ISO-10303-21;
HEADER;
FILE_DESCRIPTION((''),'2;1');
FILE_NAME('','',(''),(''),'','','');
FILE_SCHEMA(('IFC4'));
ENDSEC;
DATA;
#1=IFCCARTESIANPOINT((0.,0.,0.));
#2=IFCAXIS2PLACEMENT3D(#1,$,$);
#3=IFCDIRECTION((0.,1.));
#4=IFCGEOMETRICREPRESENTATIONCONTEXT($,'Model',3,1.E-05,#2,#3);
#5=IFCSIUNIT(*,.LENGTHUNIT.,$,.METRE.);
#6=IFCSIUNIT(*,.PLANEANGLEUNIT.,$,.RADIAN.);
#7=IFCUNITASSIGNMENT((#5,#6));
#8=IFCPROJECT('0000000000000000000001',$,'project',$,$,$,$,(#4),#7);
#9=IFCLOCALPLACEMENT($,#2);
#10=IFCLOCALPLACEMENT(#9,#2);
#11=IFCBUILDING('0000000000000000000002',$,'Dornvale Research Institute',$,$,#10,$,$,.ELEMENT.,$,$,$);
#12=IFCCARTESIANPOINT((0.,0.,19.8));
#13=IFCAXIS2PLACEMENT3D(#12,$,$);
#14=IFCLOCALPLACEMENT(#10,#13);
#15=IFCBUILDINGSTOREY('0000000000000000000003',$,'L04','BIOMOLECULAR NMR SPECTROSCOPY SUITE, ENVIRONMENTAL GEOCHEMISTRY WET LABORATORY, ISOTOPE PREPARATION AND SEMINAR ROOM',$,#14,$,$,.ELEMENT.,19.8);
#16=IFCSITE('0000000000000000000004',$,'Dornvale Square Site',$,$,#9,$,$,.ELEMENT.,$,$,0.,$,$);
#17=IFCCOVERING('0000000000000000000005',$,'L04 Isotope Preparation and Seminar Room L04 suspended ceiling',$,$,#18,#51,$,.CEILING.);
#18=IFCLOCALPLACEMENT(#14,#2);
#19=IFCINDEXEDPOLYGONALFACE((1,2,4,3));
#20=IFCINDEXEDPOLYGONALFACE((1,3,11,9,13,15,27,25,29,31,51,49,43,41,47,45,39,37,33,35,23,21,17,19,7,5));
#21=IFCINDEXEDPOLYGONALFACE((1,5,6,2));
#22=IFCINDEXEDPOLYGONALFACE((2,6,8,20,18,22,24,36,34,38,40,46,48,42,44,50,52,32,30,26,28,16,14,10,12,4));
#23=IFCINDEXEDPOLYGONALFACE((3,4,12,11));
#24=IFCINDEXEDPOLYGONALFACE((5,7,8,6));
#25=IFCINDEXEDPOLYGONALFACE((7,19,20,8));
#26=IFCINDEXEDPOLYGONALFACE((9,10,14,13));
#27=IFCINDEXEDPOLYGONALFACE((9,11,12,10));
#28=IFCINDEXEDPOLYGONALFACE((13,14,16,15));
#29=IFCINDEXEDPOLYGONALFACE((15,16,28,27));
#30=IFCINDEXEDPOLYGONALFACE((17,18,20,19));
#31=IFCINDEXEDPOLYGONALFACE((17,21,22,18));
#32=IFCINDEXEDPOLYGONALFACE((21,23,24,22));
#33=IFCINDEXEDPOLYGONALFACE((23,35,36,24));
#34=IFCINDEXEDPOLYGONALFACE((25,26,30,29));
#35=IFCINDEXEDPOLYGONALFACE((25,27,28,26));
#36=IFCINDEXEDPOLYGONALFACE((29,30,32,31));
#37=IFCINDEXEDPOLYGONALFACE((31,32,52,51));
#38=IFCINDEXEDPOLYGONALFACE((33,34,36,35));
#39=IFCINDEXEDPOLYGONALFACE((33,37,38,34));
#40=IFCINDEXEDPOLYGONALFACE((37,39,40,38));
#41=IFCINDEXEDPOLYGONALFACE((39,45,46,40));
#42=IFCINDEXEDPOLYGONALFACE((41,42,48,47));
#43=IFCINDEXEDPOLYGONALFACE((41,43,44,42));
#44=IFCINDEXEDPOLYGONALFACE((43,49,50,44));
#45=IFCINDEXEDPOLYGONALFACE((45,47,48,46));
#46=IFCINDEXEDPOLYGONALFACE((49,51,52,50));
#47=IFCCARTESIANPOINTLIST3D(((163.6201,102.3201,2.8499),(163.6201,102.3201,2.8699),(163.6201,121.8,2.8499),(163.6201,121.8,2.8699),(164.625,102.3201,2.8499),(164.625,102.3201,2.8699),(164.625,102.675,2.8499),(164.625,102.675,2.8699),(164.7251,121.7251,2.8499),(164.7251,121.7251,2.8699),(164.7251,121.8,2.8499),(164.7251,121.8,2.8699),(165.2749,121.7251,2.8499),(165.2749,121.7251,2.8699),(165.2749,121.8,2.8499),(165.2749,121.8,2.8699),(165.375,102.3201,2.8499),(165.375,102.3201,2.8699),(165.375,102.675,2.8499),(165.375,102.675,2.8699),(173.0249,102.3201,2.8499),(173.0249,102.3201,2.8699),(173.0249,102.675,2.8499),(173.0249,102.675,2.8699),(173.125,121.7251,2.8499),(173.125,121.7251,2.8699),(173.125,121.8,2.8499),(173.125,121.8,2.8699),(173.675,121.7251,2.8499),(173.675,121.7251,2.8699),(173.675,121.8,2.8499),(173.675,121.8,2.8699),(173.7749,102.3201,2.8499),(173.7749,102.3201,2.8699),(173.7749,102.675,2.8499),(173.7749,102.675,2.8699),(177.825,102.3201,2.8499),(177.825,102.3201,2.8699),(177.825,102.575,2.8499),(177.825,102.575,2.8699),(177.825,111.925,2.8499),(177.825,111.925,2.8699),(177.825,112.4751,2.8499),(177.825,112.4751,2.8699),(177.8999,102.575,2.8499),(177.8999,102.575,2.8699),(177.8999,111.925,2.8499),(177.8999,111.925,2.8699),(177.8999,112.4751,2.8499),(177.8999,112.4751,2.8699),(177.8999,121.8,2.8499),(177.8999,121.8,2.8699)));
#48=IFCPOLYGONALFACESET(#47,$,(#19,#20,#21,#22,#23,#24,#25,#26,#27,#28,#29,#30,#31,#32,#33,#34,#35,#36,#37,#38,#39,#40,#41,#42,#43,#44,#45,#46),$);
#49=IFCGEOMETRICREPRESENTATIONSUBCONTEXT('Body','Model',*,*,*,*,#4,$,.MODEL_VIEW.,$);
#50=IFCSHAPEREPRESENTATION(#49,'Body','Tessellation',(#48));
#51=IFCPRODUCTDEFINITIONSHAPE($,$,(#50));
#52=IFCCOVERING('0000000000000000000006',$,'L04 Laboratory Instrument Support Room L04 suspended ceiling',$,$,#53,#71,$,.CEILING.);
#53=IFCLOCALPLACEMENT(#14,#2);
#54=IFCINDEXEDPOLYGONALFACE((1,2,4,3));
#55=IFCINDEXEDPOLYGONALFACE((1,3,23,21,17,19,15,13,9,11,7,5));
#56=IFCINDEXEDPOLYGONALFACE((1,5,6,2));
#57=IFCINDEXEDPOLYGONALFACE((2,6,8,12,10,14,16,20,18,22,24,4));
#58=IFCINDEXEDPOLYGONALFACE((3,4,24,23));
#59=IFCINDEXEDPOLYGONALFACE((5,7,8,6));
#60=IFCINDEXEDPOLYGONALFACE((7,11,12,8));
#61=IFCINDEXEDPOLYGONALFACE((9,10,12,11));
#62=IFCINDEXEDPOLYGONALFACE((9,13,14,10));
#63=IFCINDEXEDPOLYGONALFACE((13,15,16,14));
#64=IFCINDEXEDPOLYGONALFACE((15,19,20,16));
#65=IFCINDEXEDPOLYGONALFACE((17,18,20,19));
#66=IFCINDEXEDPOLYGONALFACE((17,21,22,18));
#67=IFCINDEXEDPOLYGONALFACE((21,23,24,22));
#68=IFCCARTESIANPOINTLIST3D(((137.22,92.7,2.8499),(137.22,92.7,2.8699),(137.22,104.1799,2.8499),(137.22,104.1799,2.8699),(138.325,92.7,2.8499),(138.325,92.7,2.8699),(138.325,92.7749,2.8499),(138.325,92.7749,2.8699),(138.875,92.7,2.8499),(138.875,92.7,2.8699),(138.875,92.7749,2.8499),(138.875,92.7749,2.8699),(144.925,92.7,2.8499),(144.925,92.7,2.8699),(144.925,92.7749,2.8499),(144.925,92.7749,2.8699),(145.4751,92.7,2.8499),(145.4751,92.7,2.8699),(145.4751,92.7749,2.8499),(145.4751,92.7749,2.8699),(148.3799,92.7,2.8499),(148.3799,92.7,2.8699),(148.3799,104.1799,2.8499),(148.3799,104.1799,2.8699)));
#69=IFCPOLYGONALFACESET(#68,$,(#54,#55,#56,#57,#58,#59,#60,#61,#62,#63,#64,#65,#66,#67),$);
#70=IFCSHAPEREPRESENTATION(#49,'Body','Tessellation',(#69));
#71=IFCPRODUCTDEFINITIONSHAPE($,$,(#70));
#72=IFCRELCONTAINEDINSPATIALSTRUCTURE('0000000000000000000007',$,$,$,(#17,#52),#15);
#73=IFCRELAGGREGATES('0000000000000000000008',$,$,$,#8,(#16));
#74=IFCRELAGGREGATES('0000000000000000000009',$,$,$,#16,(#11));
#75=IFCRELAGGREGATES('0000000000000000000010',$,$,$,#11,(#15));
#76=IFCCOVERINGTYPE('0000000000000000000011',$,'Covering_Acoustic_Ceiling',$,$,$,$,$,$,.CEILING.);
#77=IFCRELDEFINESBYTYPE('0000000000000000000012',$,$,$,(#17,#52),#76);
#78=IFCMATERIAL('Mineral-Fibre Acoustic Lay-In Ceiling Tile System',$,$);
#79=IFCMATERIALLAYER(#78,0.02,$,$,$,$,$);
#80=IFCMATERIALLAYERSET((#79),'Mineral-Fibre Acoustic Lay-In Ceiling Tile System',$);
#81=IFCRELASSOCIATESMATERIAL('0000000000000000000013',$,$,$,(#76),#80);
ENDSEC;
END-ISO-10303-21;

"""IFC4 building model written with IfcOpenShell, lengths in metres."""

from ifc_helpers import new_model, si_unit, direction, frame, origin, place, context, subcontext, project, spatial, polyline, outline, extrude, material, layer, layer_set, type_object, element, save


model = new_model("IFC4")

# Units and contexts
model_context = context("Model", 3, precision=1e-05, world=origin(), true_north=direction((0.0, 1.0)))
body_context = subcontext(model_context, "Body", "Model", "MODEL_VIEW")
ifc_project = project(units=[si_unit("LENGTHUNIT", "METRE"), si_unit("PLANEANGLEUNIT", "RADIAN")], contexts=[model_context])

# Site, building, storey
site_placement = place(None, origin())
site = spatial("IfcSite", under=ifc_project, at=site_placement, Name="Dornvale Square Site", CompositionType="ELEMENT", RefElevation=0.0)
building_placement = place(site_placement, origin())
building = spatial("IfcBuilding", under=site, at=building_placement, Name="Dornvale Research Institute", CompositionType="ELEMENT")
storey_placement = place(building_placement, frame((0.0, 0.0, 19.8)))
storey = spatial("IfcBuildingStorey", under=building, at=storey_placement, Name="L04", Description="BIOMOLECULAR NMR SPECTROSCOPY SUITE, ENVIRONMENTAL GEOCHEMISTRY WET LABORATORY, ISOTOPE PREPARATION AND SEMINAR ROOM", CompositionType="ELEMENT", Elevation=19.8)

# Coverings
ifc_material_1 = material(Name="Mineral-Fibre Acoustic Lay-In Ceiling Tile System")
ifc_layer_1 = layer(ifc_material_1, 0.02)
ifc_layer_set_1 = layer_set([ifc_layer_1], Name="Mineral-Fibre Acoustic Lay-In Ceiling Tile System")
covering_type = type_object("IfcCoveringType", Name="Covering_Acoustic_Ceiling", PredefinedType="CEILING", material=ifc_layer_set_1)
covering_1_placement = place(storey_placement, frame((0.0, 0.0, 2.8499)))
element("IfcCovering", 1, at=covering_1_placement, inside=storey, type_object=covering_type, Name="L04 Isotope Preparation and Seminar Room L04 suspended ceiling", PredefinedType="CEILING", context=body_context, shape_type="SweptSolid", body=[
    extrude(outline(polyline([(165.2749, 121.7251), (165.2749, 121.8), (173.125, 121.8), (173.125, 121.7251), (173.675, 121.7251), (173.675, 121.8), (177.8999, 121.8), (177.8999, 112.4751), (177.825, 112.4751), (177.825, 111.925), (177.8999, 111.925), (177.8999, 102.575), (177.825, 102.575), (177.825, 102.3201), (173.7749, 102.3201), (173.7749, 102.675), (173.0249, 102.675), (173.0249, 102.3201), (165.375, 102.3201), (165.375, 102.675), (164.625, 102.675), (164.625, 102.3201), (163.6201, 102.3201), (163.6201, 121.8), (164.7251, 121.8), (164.7251, 121.7251), (165.2749, 121.7251)])), origin(), (0.0, 0.0, 1.0), 0.02),
])
covering_2_placement = place(storey_placement, frame((0.0, 0.0, 2.8499)))
element("IfcCovering", 2, at=covering_2_placement, inside=storey, type_object=covering_type, Name="L04 Laboratory Instrument Support Room L04 suspended ceiling", PredefinedType="CEILING", context=body_context, shape_type="SweptSolid", body=[
    extrude(outline(polyline([(138.875, 92.7), (138.875, 92.7749), (138.325, 92.7749), (138.325, 92.7), (137.22, 92.7), (137.22, 104.1799), (148.3799, 104.1799), (148.3799, 92.7), (145.4751, 92.7), (145.4751, 92.7749), (144.925, 92.7749), (144.925, 92.7), (138.875, 92.7)])), origin(), (0.0, 0.0, 1.0), 0.02),
])

save(model, "model.ifc")
